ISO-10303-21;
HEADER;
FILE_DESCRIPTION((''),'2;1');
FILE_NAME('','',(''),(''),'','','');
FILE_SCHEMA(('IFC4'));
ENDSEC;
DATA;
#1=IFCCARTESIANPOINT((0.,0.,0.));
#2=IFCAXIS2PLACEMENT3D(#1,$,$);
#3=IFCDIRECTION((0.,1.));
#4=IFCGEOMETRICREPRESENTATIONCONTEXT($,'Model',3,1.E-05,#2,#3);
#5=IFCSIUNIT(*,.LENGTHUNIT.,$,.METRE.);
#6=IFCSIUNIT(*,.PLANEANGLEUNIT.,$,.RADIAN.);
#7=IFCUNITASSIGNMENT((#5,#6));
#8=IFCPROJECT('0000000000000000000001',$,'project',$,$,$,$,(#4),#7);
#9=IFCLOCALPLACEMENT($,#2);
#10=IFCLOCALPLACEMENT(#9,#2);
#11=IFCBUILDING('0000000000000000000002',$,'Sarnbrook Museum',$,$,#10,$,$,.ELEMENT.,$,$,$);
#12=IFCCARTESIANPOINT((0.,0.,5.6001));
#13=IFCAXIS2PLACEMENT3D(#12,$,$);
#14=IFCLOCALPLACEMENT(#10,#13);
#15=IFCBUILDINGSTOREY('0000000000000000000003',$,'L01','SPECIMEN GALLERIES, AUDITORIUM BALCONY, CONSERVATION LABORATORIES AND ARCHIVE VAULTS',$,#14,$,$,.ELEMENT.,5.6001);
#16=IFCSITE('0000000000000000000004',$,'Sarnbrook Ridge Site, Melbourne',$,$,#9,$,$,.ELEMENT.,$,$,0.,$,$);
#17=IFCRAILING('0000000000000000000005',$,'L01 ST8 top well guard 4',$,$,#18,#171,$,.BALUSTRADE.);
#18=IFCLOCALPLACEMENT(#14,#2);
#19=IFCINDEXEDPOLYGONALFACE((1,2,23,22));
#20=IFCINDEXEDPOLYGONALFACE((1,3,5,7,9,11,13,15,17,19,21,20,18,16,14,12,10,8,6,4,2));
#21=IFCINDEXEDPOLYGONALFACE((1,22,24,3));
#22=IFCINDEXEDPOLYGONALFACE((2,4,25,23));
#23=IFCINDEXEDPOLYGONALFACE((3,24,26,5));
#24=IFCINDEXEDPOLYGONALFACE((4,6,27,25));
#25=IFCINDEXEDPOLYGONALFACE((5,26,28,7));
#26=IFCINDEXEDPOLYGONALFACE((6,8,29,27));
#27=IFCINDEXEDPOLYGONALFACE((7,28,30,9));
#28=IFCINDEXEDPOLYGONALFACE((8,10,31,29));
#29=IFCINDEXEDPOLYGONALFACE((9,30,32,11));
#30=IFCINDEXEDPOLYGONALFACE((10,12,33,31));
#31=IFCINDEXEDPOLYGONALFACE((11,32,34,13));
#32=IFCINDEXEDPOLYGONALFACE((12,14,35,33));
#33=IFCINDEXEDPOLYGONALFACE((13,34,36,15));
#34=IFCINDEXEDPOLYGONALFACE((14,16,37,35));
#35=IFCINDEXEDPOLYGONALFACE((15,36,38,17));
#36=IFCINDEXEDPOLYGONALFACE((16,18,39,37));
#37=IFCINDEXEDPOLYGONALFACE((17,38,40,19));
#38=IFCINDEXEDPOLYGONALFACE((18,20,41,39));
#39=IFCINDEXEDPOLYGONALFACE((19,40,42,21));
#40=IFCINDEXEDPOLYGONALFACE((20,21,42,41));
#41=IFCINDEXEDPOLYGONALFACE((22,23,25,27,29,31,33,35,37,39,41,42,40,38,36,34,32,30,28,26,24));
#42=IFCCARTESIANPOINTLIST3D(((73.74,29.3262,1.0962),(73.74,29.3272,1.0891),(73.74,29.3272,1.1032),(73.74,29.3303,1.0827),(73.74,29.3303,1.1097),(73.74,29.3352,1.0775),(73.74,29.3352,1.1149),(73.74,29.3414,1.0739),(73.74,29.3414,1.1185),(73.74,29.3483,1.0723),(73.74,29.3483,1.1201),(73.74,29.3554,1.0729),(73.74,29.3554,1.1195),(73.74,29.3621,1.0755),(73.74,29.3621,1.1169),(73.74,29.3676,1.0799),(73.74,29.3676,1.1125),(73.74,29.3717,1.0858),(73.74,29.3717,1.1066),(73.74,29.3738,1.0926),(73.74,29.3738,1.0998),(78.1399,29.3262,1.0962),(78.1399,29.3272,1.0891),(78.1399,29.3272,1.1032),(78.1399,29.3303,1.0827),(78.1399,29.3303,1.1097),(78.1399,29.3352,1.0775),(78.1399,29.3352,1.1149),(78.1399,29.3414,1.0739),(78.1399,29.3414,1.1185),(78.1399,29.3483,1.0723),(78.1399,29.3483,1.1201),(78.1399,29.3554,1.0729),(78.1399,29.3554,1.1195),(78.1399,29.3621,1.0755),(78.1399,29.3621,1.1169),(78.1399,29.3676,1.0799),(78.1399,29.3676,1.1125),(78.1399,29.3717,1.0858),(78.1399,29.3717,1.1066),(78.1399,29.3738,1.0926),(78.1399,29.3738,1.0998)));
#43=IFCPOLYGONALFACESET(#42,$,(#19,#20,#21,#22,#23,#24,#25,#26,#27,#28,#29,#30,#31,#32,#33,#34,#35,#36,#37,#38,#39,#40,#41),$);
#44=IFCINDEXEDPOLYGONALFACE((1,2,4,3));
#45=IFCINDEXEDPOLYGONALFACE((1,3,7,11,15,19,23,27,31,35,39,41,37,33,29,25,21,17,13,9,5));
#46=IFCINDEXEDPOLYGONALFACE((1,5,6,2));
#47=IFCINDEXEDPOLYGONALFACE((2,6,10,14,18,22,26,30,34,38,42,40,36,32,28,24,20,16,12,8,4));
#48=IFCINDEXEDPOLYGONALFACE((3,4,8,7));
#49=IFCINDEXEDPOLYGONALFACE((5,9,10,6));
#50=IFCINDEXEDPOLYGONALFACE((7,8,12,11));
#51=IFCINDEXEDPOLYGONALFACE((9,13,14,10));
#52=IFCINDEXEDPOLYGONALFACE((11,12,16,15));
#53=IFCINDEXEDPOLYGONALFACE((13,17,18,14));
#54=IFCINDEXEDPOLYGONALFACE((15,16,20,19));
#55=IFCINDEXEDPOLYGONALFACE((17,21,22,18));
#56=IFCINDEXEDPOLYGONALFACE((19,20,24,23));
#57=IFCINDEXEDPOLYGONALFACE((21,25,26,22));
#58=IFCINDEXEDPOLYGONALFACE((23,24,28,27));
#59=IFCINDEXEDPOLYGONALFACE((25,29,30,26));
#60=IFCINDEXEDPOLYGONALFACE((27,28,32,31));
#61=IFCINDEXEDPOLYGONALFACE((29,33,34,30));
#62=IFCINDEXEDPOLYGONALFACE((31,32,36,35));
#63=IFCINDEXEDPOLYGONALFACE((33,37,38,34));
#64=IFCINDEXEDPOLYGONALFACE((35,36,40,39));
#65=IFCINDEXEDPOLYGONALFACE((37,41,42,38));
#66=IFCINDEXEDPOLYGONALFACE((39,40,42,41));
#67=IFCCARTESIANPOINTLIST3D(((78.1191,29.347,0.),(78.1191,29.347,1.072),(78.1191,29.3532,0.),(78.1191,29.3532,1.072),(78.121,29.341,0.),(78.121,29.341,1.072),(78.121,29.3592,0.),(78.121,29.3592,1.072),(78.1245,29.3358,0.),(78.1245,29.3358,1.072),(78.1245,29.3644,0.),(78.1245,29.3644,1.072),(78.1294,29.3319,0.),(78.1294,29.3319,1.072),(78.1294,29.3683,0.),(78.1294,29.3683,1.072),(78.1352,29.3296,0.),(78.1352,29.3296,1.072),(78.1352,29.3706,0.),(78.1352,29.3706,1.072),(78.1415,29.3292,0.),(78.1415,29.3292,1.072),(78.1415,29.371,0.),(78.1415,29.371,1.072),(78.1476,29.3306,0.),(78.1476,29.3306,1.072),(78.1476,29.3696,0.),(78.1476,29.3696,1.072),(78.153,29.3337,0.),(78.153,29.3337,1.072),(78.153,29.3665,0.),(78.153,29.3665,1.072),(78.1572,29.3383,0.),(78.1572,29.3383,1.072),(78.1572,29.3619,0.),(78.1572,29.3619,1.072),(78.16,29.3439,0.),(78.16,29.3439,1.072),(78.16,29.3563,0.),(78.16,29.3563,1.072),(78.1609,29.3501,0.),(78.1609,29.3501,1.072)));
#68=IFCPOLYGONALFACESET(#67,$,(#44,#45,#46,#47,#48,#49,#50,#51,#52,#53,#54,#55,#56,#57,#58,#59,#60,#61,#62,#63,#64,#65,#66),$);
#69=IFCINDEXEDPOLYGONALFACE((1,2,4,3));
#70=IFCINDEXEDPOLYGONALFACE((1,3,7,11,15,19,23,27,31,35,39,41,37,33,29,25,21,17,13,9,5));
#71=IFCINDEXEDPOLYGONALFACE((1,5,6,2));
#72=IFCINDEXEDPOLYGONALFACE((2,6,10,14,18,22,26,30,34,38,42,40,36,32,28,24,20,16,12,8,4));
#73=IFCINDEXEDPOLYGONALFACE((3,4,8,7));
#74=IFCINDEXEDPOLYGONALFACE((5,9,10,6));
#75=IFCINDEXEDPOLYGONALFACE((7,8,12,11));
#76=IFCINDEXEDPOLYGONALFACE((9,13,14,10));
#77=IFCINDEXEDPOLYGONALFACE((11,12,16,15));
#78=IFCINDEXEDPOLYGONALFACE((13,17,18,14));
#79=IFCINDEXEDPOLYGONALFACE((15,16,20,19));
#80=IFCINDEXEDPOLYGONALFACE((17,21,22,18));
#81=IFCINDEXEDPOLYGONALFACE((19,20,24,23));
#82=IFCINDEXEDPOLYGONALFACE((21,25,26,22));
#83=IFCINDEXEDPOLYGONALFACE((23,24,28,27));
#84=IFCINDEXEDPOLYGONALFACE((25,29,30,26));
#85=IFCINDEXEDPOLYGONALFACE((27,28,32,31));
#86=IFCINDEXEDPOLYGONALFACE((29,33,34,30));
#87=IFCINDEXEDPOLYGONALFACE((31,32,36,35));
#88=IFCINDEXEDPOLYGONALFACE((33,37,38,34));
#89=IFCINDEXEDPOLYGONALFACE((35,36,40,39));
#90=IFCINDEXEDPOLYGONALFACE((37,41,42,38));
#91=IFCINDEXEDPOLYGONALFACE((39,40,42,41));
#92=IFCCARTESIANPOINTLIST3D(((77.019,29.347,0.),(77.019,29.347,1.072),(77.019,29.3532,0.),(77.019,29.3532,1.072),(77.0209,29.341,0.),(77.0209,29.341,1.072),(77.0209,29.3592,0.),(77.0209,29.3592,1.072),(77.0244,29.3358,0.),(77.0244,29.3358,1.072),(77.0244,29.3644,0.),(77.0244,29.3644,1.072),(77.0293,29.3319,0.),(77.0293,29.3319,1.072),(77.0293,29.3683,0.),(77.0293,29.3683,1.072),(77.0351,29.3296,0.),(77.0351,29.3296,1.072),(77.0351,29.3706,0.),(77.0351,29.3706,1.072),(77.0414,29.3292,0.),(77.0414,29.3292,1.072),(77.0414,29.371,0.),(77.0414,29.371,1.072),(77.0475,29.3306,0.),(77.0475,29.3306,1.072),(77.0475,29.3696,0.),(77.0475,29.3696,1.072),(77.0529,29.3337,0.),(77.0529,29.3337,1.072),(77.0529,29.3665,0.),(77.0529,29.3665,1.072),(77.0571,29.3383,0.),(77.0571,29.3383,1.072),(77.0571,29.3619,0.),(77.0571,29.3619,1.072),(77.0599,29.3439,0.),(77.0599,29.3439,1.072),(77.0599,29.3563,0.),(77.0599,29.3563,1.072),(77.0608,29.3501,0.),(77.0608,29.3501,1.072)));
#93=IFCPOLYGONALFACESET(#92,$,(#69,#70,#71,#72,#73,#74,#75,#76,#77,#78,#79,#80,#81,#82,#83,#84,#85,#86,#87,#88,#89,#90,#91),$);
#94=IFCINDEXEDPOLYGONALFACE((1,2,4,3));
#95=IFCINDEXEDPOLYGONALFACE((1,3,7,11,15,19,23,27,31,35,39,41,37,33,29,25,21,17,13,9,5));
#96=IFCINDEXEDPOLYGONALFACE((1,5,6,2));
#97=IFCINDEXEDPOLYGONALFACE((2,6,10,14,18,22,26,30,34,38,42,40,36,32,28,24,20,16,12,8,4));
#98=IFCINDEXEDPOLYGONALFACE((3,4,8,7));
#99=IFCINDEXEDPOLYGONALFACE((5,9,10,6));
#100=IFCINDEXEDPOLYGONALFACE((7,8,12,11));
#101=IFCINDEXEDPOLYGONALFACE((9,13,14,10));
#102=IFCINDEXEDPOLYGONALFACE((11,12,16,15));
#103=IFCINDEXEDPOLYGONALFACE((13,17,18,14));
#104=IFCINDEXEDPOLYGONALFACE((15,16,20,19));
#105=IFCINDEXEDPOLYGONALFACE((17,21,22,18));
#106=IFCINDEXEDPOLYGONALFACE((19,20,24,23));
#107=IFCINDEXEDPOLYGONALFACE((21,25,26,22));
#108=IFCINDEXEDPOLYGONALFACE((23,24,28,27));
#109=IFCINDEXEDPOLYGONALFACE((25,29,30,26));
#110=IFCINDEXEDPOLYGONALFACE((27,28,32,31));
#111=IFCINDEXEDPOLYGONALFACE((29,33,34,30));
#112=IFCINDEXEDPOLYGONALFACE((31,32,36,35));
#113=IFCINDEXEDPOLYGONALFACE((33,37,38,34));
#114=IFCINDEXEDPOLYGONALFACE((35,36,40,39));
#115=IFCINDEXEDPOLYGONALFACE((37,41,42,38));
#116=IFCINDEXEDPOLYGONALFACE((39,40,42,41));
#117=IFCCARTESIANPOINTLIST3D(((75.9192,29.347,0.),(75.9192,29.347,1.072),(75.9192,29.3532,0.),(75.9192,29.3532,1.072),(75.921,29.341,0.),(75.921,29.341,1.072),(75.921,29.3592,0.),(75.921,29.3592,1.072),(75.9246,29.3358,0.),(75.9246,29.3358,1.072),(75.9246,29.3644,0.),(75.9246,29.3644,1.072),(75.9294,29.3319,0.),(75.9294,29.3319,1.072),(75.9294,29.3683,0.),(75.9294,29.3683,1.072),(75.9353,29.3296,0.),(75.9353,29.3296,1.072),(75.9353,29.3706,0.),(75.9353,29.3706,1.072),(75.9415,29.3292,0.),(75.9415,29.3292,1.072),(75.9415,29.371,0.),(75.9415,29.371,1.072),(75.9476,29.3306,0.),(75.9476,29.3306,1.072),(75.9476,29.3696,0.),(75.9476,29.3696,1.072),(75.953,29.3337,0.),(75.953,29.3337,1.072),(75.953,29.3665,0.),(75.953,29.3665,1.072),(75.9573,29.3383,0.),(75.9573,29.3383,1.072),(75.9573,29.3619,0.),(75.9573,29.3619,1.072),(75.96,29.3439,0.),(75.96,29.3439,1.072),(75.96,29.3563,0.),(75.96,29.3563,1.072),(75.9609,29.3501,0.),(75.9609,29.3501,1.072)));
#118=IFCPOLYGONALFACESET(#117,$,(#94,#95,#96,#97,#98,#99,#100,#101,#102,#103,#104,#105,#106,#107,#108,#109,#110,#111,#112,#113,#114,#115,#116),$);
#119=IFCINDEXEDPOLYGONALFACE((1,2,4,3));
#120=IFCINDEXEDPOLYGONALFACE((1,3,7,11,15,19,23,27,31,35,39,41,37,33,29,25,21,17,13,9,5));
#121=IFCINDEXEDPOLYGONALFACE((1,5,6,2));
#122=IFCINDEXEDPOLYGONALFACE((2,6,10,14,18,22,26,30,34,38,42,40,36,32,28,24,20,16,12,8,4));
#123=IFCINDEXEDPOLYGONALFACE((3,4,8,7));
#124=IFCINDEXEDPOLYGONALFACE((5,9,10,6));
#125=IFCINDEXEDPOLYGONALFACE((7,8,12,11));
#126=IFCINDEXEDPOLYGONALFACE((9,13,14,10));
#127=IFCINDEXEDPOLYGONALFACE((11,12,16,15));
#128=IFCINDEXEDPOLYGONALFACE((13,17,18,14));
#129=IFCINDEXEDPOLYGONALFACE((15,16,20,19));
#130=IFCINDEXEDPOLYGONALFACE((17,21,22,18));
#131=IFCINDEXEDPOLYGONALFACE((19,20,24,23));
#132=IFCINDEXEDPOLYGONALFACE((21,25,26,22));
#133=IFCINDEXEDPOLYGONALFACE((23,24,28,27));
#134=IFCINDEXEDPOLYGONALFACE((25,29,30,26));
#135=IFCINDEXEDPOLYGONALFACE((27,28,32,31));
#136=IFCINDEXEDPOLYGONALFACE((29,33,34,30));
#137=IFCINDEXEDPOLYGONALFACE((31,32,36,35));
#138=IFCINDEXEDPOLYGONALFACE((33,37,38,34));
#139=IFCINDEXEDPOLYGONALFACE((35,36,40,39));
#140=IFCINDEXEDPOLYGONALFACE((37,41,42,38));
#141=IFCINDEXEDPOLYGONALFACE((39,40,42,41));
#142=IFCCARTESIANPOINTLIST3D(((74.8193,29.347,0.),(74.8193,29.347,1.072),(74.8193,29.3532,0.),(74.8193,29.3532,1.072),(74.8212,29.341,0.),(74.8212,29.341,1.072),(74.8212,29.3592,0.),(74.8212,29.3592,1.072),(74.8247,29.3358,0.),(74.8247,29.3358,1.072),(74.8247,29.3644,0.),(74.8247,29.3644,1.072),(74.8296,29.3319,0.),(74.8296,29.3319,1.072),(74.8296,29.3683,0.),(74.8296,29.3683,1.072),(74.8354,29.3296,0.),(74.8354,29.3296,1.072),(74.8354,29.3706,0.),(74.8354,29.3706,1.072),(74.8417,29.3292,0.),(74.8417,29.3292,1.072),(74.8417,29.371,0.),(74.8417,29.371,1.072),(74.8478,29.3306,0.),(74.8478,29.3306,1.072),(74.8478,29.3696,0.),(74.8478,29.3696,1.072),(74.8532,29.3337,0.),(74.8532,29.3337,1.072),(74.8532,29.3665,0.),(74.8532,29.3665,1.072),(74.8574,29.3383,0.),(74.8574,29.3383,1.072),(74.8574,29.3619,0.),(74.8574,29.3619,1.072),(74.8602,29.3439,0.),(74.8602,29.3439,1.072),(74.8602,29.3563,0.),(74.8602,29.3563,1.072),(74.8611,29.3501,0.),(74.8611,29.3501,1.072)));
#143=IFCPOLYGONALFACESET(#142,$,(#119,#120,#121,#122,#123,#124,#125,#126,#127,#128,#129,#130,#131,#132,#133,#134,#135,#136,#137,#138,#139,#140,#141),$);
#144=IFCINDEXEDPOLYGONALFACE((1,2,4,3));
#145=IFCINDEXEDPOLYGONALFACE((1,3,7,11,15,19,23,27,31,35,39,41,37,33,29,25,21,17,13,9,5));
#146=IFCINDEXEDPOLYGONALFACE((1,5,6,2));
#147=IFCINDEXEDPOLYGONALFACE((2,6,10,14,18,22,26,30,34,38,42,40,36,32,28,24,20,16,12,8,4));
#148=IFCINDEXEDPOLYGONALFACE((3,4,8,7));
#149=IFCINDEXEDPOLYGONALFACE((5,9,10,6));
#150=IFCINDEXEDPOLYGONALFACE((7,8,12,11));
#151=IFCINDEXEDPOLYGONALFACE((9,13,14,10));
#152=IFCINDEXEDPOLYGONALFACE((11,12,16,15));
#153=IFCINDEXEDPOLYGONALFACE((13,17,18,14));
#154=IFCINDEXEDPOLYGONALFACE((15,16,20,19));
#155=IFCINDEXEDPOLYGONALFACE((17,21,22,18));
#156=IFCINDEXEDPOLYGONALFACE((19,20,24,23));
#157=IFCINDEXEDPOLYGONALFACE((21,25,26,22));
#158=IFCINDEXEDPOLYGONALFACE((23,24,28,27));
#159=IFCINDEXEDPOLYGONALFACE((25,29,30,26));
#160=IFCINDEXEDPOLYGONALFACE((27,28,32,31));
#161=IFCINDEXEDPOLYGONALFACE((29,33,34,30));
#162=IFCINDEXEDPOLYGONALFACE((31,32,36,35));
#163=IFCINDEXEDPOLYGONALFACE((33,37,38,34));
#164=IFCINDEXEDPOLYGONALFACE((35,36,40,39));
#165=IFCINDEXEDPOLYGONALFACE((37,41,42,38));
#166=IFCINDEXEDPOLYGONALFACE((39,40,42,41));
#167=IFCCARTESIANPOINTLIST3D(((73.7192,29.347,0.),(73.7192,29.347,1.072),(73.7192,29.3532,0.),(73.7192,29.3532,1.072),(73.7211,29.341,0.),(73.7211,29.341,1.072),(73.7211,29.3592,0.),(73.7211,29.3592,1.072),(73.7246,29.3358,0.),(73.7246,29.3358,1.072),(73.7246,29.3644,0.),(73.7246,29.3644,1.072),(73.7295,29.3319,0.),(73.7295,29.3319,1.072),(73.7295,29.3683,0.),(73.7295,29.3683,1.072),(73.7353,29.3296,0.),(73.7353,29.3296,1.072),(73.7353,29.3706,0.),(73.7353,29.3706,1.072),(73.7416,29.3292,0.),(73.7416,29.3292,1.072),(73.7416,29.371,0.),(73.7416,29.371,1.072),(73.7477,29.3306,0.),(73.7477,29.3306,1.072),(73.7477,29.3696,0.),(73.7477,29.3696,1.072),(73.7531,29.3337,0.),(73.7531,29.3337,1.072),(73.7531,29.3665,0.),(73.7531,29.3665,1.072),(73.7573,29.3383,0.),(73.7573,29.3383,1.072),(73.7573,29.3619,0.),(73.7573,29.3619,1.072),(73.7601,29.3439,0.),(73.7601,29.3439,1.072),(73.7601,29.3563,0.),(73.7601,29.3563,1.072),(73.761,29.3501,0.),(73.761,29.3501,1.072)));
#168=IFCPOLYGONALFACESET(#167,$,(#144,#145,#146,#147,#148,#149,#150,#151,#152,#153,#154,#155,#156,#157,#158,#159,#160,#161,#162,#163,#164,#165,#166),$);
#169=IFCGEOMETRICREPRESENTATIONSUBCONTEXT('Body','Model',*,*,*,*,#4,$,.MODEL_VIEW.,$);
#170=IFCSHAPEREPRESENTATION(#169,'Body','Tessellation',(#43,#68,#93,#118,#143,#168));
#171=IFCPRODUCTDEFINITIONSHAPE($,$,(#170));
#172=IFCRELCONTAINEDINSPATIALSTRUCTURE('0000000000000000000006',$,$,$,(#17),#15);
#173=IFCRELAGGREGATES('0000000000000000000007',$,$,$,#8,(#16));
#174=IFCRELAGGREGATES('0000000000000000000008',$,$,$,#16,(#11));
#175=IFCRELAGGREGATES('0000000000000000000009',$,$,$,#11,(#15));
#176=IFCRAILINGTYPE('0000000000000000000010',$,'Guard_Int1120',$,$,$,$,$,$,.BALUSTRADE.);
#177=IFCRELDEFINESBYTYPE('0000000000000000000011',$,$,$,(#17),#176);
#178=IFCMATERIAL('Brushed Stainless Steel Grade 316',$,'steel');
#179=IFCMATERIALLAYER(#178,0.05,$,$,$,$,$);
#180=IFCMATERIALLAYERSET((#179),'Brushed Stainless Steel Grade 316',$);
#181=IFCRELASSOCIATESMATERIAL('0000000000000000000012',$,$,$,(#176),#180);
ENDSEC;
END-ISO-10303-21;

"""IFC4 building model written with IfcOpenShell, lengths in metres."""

from ifc_helpers import new_model, si_unit, direction, frame, origin, origin_2d, place, context, subcontext, project, spatial, circle, extrude, material, layer, layer_set, type_object, element, save


model = new_model("IFC4")

# Units and contexts
model_context = context("Model", 3, precision=1e-05, world=origin(), true_north=direction((0.0, 1.0)))
body_context = subcontext(model_context, "Body", "Model", "MODEL_VIEW")
ifc_project = project(units=[si_unit("LENGTHUNIT", "METRE"), si_unit("PLANEANGLEUNIT", "RADIAN")], contexts=[model_context])

# Site, building, storey
site_placement = place(None, origin())
site = spatial("IfcSite", under=ifc_project, at=site_placement, Name="Sarnbrook Ridge Site, Melbourne", CompositionType="ELEMENT", RefElevation=0.0)
building_placement = place(site_placement, origin())
building = spatial("IfcBuilding", under=site, at=building_placement, Name="Sarnbrook Museum", CompositionType="ELEMENT")
storey_placement = place(building_placement, frame((0.0, 0.0, 5.6001)))
storey = spatial("IfcBuildingStorey", under=building, at=storey_placement, Name="L01", Description="SPECIMEN GALLERIES, AUDITORIUM BALCONY, CONSERVATION LABORATORIES AND ARCHIVE VAULTS", CompositionType="ELEMENT", Elevation=5.6001)

# Railing
ifc_material_1 = material(Name="Brushed Stainless Steel Grade 316", Category="steel")
ifc_layer_1 = layer(ifc_material_1, 0.05)
ifc_layer_set_1 = layer_set([ifc_layer_1], Name="Brushed Stainless Steel Grade 316")
railing_type = type_object("IfcRailingType", Name="Guard_Int1120", PredefinedType="BALUSTRADE", material=ifc_layer_set_1)
railing_placement = place(storey_placement, frame((78.1399, 29.3501, 0.0)))
element("IfcRailing", 1, at=railing_placement, inside=storey, type_object=railing_type, Name="L01 ST8 top well guard 4", PredefinedType="BALUSTRADE", context=body_context, shape_type="SweptSolid", body=[
    extrude(circle(Radius=0.0239, at=origin_2d()), frame((0.0, 0.0, 1.0962), z_axis=(-1.0, 0.0, 0.0), x_axis=(0.0, -1.0, 0.0)), (0.0, 0.0, 1.0), 4.3999),
    extrude(circle(Radius=0.021, at=origin_2d()), origin(), (0.0, 0.0, 1.0), 1.072),
    extrude(circle(Radius=0.021, at=origin_2d()), frame((-1.1001, 0.0, 0.0)), (0.0, 0.0, 1.0), 1.072),
    extrude(circle(Radius=0.021, at=origin_2d()), frame((-2.2, 0.0, 0.0)), (0.0, 0.0, 1.0), 1.072),
    extrude(circle(Radius=0.021, at=origin_2d()), frame((-3.2998, 0.0, 0.0)), (0.0, 0.0, 1.0), 1.072),
    extrude(circle(Radius=0.021, at=origin_2d()), frame((-4.3999, 0.0, 0.0)), (0.0, 0.0, 1.0), 1.072),
])

save(model, "model.ifc")
